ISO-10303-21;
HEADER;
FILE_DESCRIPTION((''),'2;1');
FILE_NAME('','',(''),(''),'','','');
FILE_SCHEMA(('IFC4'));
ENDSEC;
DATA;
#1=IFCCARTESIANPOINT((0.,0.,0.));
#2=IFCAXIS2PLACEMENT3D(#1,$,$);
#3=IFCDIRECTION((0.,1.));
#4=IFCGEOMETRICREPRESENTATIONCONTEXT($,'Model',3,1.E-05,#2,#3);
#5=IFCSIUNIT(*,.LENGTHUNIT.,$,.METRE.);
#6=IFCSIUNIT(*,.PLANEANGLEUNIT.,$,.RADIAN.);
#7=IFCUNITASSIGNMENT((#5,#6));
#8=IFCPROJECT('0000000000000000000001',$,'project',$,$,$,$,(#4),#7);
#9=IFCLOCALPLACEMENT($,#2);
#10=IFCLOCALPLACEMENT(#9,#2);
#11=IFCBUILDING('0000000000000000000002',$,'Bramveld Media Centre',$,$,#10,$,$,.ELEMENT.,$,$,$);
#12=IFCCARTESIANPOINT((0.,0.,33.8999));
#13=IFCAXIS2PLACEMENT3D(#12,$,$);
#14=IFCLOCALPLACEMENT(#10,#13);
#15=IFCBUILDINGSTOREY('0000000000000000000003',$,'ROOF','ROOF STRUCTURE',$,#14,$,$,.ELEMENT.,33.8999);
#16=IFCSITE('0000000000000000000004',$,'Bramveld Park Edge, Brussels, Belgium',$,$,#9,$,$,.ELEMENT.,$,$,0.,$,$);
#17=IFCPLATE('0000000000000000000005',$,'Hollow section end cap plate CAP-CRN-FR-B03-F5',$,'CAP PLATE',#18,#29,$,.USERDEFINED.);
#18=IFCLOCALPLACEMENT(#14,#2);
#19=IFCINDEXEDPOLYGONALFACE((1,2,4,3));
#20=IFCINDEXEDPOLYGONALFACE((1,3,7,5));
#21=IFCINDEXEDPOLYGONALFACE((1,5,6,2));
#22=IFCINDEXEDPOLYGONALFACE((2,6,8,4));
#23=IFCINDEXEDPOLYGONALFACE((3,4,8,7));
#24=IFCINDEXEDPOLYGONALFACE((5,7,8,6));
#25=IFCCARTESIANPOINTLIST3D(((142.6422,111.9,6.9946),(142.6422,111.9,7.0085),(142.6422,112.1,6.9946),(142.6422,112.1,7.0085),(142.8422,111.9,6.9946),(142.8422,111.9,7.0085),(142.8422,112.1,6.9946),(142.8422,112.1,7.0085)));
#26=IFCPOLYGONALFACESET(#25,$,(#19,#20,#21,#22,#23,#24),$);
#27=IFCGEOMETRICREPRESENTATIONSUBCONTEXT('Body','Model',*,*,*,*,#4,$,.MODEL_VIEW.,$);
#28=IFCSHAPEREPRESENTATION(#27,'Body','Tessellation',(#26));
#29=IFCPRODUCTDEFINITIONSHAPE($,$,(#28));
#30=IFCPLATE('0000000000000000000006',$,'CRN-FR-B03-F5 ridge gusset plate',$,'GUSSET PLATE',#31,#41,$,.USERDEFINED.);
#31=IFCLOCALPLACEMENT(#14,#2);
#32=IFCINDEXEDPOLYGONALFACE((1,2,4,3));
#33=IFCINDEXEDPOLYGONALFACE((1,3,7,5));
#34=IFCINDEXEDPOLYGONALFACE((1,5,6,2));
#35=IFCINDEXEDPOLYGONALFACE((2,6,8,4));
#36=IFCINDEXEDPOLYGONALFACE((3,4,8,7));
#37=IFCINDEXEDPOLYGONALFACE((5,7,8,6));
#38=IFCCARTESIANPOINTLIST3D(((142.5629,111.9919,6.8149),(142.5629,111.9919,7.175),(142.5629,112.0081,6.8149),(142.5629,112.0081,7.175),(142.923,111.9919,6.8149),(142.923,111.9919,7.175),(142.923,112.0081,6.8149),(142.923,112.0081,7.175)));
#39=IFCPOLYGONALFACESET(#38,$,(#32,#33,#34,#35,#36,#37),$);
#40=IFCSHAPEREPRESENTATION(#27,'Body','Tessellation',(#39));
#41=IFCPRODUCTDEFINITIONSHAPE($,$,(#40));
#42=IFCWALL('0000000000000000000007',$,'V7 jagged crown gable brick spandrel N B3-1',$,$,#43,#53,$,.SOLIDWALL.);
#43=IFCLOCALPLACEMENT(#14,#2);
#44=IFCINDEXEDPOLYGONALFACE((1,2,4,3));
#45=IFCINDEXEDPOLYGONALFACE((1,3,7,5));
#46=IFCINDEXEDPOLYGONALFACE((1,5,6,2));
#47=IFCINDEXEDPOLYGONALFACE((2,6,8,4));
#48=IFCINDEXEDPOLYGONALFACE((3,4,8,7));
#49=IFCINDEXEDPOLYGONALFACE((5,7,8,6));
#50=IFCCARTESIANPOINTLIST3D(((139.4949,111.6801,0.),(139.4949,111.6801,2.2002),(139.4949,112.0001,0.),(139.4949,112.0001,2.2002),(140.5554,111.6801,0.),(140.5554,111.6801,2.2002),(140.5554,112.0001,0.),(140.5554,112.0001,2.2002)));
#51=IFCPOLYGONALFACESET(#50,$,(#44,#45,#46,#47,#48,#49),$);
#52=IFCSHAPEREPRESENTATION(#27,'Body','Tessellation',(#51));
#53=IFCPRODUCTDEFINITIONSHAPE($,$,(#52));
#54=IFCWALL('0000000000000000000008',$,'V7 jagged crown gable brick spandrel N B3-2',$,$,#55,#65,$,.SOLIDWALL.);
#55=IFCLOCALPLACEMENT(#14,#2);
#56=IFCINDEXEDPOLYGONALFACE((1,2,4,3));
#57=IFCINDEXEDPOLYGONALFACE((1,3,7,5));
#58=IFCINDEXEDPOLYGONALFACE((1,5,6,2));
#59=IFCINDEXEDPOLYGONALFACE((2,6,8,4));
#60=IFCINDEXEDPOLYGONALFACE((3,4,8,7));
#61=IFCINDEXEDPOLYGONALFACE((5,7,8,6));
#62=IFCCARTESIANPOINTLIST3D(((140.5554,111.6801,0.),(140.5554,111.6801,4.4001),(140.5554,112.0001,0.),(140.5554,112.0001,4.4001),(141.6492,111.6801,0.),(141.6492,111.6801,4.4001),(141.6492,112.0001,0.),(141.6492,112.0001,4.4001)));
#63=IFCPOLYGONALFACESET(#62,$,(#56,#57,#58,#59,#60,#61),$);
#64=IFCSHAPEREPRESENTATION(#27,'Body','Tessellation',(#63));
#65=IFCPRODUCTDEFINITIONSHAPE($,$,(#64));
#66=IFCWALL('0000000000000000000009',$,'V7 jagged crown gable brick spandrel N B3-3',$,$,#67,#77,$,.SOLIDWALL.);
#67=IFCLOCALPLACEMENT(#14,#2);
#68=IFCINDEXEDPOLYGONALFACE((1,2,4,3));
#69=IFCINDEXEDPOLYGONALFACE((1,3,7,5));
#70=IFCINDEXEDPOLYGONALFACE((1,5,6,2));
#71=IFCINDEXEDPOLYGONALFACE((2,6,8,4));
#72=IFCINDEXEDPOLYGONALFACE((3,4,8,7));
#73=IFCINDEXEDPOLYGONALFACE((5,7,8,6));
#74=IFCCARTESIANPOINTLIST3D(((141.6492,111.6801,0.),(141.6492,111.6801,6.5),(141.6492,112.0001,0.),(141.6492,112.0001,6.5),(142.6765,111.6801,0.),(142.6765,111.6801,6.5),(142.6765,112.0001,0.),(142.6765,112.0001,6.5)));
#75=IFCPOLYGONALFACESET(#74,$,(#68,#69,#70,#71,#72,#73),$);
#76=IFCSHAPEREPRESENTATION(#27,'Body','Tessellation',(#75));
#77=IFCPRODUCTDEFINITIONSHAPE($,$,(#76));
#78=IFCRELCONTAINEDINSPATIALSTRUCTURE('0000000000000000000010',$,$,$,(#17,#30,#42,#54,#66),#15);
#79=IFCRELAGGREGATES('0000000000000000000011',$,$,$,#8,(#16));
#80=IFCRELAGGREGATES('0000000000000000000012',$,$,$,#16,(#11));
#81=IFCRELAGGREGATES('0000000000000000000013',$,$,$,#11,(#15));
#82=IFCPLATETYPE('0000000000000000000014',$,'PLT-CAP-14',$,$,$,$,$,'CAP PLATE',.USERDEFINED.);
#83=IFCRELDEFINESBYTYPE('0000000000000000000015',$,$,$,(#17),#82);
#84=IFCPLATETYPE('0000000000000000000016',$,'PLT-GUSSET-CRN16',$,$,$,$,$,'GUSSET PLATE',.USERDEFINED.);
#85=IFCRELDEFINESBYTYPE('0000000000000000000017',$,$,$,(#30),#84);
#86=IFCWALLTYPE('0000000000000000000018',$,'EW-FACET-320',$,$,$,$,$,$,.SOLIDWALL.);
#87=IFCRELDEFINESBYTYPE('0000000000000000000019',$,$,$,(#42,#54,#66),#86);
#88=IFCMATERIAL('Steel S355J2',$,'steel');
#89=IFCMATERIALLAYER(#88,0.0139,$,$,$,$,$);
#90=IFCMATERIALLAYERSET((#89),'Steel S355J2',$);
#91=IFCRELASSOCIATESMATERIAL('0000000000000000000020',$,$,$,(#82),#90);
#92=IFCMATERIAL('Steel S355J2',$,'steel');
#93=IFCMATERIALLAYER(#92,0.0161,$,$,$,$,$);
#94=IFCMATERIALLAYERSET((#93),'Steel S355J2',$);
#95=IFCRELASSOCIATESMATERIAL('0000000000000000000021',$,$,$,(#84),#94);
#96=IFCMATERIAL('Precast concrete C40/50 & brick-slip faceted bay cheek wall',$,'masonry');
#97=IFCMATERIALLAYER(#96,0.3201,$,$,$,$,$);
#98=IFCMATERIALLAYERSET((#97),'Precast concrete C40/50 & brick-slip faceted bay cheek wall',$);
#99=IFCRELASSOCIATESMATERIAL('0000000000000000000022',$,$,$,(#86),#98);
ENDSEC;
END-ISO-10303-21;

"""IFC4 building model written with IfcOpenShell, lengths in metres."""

from ifc_helpers import new_model, si_unit, direction, frame, frame_2d, origin, origin_2d, place, context, subcontext, project, spatial, rectangle, extrude, material, layer, layer_set, type_object, element, save


model = new_model("IFC4")

# Units and contexts
model_context = context("Model", 3, precision=1e-05, world=origin(), true_north=direction((0.0, 1.0)))
body_context = subcontext(model_context, "Body", "Model", "MODEL_VIEW")
ifc_project = project(units=[si_unit("LENGTHUNIT", "METRE"), si_unit("PLANEANGLEUNIT", "RADIAN")], contexts=[model_context])

# Site, building, storey
site_placement = place(None, origin())
site = spatial("IfcSite", under=ifc_project, at=site_placement, Name="Bramveld Park Edge, Brussels, Belgium", CompositionType="ELEMENT", RefElevation=0.0)
building_placement = place(site_placement, origin())
building = spatial("IfcBuilding", under=site, at=building_placement, Name="Bramveld Media Centre", CompositionType="ELEMENT")
storey_placement = place(building_placement, frame((0.0, 0.0, 33.8999)))
storey = spatial("IfcBuildingStorey", under=building, at=storey_placement, Name="ROOF", Description="ROOF STRUCTURE", CompositionType="ELEMENT", Elevation=33.8999)

# Plates
ifc_material_1 = material(Name="Steel S355J2", Category="steel")
ifc_layer_1 = layer(ifc_material_1, 0.0139)
ifc_layer_set_1 = layer_set([ifc_layer_1], Name="Steel S355J2")
plate_type_1 = type_object("IfcPlateType", Name="PLT-CAP-14", ElementType="CAP PLATE", PredefinedType="USERDEFINED", material=ifc_layer_set_1)
for number, where, z_axis, x_axis, name in (
    (1, (142.7422, 112.0, 6.9946), (0.0, 0.0, 1.0), (1.0, 0.0, 0.0), "Hollow section end cap plate CAP-CRN-FR-B03-F5"),
):
    element("IfcPlate", number, at=place(storey_placement, frame(where, z_axis=z_axis, x_axis=x_axis)), inside=storey, type_object=plate_type_1, Name=name, ObjectType="CAP PLATE", PredefinedType="USERDEFINED", context=body_context, shape_type="SweptSolid", body=[
        extrude(rectangle(XDim=0.2, YDim=0.2, at=origin_2d()), origin(), (0.0, 0.0, 1.0), 0.0139),
    ])
ifc_material_2 = material(Name="Steel S355J2", Category="steel")
ifc_layer_2 = layer(ifc_material_2, 0.0161)
ifc_layer_set_2 = layer_set([ifc_layer_2], Name="Steel S355J2")
plate_type_2 = type_object("IfcPlateType", Name="PLT-GUSSET-CRN16", ElementType="GUSSET PLATE", PredefinedType="USERDEFINED", material=ifc_layer_set_2)
plate_1_placement = place(storey_placement, frame((142.7429, 112.0, 6.8149), z_axis=(0.0, 0.0, 1.0), x_axis=(1.0, 0.0, 0.0)))
element("IfcPlate", 2, at=plate_1_placement, inside=storey, type_object=plate_type_2, Name="CRN-FR-B03-F5 ridge gusset plate", ObjectType="GUSSET PLATE", PredefinedType="USERDEFINED", context=body_context, shape_type="SweptSolid", body=[
    extrude(rectangle(XDim=0.3601, YDim=0.0161, at=origin_2d()), origin(), (0.0, 0.0, 1.0), 0.3601),
])

# Walls
ifc_material_3 = material(Name="Precast concrete C40/50 & brick-slip faceted bay cheek wall", Category="masonry")
ifc_layer_3 = layer(ifc_material_3, 0.3201)
ifc_layer_set_3 = layer_set([ifc_layer_3], Name="Precast concrete C40/50 & brick-slip faceted bay cheek wall")
wall_type = type_object("IfcWallType", Name="EW-FACET-320", PredefinedType="SOLIDWALL", material=ifc_layer_set_3)
wall_1_placement = place(storey_placement, frame((139.4949, 111.8401, 0.0), z_axis=(0.0, 0.0, 1.0), x_axis=(1.0, 0.0, 0.0)))
element("IfcWall", 3, at=wall_1_placement, inside=storey, type_object=wall_type, Name="V7 jagged crown gable brick spandrel N B3-1", PredefinedType="SOLIDWALL", context=body_context, shape_type="SweptSolid", body=[
    extrude(rectangle(XDim=1.0605, YDim=0.3201, at=frame_2d((0.5303, 0.0))), origin(), (0.0, 0.0, 1.0), 2.2002),
])
wall_2_placement = place(storey_placement, frame((140.5554, 111.8401, 0.0), z_axis=(0.0, 0.0, 1.0), x_axis=(1.0, 0.0, 0.0)))
element("IfcWall", 4, at=wall_2_placement, inside=storey, type_object=wall_type, Name="V7 jagged crown gable brick spandrel N B3-2", PredefinedType="SOLIDWALL", context=body_context, shape_type="SweptSolid", body=[
    extrude(rectangle(XDim=1.0938, YDim=0.3201, at=frame_2d((0.5469, 0.0))), origin(), (0.0, 0.0, 1.0), 4.4001),
])
wall_3_placement = place(storey_placement, frame((141.6492, 111.8401, 0.0), z_axis=(0.0, 0.0, 1.0), x_axis=(1.0, 0.0, 0.0)))
element("IfcWall", 5, at=wall_3_placement, inside=storey, type_object=wall_type, Name="V7 jagged crown gable brick spandrel N B3-3", PredefinedType="SOLIDWALL", context=body_context, shape_type="SweptSolid", body=[
    extrude(rectangle(XDim=1.0273, YDim=0.3201, at=frame_2d((0.5137, 0.0))), origin(), (0.0, 0.0, 1.0), 6.5),
])

save(model, "model.ifc")
